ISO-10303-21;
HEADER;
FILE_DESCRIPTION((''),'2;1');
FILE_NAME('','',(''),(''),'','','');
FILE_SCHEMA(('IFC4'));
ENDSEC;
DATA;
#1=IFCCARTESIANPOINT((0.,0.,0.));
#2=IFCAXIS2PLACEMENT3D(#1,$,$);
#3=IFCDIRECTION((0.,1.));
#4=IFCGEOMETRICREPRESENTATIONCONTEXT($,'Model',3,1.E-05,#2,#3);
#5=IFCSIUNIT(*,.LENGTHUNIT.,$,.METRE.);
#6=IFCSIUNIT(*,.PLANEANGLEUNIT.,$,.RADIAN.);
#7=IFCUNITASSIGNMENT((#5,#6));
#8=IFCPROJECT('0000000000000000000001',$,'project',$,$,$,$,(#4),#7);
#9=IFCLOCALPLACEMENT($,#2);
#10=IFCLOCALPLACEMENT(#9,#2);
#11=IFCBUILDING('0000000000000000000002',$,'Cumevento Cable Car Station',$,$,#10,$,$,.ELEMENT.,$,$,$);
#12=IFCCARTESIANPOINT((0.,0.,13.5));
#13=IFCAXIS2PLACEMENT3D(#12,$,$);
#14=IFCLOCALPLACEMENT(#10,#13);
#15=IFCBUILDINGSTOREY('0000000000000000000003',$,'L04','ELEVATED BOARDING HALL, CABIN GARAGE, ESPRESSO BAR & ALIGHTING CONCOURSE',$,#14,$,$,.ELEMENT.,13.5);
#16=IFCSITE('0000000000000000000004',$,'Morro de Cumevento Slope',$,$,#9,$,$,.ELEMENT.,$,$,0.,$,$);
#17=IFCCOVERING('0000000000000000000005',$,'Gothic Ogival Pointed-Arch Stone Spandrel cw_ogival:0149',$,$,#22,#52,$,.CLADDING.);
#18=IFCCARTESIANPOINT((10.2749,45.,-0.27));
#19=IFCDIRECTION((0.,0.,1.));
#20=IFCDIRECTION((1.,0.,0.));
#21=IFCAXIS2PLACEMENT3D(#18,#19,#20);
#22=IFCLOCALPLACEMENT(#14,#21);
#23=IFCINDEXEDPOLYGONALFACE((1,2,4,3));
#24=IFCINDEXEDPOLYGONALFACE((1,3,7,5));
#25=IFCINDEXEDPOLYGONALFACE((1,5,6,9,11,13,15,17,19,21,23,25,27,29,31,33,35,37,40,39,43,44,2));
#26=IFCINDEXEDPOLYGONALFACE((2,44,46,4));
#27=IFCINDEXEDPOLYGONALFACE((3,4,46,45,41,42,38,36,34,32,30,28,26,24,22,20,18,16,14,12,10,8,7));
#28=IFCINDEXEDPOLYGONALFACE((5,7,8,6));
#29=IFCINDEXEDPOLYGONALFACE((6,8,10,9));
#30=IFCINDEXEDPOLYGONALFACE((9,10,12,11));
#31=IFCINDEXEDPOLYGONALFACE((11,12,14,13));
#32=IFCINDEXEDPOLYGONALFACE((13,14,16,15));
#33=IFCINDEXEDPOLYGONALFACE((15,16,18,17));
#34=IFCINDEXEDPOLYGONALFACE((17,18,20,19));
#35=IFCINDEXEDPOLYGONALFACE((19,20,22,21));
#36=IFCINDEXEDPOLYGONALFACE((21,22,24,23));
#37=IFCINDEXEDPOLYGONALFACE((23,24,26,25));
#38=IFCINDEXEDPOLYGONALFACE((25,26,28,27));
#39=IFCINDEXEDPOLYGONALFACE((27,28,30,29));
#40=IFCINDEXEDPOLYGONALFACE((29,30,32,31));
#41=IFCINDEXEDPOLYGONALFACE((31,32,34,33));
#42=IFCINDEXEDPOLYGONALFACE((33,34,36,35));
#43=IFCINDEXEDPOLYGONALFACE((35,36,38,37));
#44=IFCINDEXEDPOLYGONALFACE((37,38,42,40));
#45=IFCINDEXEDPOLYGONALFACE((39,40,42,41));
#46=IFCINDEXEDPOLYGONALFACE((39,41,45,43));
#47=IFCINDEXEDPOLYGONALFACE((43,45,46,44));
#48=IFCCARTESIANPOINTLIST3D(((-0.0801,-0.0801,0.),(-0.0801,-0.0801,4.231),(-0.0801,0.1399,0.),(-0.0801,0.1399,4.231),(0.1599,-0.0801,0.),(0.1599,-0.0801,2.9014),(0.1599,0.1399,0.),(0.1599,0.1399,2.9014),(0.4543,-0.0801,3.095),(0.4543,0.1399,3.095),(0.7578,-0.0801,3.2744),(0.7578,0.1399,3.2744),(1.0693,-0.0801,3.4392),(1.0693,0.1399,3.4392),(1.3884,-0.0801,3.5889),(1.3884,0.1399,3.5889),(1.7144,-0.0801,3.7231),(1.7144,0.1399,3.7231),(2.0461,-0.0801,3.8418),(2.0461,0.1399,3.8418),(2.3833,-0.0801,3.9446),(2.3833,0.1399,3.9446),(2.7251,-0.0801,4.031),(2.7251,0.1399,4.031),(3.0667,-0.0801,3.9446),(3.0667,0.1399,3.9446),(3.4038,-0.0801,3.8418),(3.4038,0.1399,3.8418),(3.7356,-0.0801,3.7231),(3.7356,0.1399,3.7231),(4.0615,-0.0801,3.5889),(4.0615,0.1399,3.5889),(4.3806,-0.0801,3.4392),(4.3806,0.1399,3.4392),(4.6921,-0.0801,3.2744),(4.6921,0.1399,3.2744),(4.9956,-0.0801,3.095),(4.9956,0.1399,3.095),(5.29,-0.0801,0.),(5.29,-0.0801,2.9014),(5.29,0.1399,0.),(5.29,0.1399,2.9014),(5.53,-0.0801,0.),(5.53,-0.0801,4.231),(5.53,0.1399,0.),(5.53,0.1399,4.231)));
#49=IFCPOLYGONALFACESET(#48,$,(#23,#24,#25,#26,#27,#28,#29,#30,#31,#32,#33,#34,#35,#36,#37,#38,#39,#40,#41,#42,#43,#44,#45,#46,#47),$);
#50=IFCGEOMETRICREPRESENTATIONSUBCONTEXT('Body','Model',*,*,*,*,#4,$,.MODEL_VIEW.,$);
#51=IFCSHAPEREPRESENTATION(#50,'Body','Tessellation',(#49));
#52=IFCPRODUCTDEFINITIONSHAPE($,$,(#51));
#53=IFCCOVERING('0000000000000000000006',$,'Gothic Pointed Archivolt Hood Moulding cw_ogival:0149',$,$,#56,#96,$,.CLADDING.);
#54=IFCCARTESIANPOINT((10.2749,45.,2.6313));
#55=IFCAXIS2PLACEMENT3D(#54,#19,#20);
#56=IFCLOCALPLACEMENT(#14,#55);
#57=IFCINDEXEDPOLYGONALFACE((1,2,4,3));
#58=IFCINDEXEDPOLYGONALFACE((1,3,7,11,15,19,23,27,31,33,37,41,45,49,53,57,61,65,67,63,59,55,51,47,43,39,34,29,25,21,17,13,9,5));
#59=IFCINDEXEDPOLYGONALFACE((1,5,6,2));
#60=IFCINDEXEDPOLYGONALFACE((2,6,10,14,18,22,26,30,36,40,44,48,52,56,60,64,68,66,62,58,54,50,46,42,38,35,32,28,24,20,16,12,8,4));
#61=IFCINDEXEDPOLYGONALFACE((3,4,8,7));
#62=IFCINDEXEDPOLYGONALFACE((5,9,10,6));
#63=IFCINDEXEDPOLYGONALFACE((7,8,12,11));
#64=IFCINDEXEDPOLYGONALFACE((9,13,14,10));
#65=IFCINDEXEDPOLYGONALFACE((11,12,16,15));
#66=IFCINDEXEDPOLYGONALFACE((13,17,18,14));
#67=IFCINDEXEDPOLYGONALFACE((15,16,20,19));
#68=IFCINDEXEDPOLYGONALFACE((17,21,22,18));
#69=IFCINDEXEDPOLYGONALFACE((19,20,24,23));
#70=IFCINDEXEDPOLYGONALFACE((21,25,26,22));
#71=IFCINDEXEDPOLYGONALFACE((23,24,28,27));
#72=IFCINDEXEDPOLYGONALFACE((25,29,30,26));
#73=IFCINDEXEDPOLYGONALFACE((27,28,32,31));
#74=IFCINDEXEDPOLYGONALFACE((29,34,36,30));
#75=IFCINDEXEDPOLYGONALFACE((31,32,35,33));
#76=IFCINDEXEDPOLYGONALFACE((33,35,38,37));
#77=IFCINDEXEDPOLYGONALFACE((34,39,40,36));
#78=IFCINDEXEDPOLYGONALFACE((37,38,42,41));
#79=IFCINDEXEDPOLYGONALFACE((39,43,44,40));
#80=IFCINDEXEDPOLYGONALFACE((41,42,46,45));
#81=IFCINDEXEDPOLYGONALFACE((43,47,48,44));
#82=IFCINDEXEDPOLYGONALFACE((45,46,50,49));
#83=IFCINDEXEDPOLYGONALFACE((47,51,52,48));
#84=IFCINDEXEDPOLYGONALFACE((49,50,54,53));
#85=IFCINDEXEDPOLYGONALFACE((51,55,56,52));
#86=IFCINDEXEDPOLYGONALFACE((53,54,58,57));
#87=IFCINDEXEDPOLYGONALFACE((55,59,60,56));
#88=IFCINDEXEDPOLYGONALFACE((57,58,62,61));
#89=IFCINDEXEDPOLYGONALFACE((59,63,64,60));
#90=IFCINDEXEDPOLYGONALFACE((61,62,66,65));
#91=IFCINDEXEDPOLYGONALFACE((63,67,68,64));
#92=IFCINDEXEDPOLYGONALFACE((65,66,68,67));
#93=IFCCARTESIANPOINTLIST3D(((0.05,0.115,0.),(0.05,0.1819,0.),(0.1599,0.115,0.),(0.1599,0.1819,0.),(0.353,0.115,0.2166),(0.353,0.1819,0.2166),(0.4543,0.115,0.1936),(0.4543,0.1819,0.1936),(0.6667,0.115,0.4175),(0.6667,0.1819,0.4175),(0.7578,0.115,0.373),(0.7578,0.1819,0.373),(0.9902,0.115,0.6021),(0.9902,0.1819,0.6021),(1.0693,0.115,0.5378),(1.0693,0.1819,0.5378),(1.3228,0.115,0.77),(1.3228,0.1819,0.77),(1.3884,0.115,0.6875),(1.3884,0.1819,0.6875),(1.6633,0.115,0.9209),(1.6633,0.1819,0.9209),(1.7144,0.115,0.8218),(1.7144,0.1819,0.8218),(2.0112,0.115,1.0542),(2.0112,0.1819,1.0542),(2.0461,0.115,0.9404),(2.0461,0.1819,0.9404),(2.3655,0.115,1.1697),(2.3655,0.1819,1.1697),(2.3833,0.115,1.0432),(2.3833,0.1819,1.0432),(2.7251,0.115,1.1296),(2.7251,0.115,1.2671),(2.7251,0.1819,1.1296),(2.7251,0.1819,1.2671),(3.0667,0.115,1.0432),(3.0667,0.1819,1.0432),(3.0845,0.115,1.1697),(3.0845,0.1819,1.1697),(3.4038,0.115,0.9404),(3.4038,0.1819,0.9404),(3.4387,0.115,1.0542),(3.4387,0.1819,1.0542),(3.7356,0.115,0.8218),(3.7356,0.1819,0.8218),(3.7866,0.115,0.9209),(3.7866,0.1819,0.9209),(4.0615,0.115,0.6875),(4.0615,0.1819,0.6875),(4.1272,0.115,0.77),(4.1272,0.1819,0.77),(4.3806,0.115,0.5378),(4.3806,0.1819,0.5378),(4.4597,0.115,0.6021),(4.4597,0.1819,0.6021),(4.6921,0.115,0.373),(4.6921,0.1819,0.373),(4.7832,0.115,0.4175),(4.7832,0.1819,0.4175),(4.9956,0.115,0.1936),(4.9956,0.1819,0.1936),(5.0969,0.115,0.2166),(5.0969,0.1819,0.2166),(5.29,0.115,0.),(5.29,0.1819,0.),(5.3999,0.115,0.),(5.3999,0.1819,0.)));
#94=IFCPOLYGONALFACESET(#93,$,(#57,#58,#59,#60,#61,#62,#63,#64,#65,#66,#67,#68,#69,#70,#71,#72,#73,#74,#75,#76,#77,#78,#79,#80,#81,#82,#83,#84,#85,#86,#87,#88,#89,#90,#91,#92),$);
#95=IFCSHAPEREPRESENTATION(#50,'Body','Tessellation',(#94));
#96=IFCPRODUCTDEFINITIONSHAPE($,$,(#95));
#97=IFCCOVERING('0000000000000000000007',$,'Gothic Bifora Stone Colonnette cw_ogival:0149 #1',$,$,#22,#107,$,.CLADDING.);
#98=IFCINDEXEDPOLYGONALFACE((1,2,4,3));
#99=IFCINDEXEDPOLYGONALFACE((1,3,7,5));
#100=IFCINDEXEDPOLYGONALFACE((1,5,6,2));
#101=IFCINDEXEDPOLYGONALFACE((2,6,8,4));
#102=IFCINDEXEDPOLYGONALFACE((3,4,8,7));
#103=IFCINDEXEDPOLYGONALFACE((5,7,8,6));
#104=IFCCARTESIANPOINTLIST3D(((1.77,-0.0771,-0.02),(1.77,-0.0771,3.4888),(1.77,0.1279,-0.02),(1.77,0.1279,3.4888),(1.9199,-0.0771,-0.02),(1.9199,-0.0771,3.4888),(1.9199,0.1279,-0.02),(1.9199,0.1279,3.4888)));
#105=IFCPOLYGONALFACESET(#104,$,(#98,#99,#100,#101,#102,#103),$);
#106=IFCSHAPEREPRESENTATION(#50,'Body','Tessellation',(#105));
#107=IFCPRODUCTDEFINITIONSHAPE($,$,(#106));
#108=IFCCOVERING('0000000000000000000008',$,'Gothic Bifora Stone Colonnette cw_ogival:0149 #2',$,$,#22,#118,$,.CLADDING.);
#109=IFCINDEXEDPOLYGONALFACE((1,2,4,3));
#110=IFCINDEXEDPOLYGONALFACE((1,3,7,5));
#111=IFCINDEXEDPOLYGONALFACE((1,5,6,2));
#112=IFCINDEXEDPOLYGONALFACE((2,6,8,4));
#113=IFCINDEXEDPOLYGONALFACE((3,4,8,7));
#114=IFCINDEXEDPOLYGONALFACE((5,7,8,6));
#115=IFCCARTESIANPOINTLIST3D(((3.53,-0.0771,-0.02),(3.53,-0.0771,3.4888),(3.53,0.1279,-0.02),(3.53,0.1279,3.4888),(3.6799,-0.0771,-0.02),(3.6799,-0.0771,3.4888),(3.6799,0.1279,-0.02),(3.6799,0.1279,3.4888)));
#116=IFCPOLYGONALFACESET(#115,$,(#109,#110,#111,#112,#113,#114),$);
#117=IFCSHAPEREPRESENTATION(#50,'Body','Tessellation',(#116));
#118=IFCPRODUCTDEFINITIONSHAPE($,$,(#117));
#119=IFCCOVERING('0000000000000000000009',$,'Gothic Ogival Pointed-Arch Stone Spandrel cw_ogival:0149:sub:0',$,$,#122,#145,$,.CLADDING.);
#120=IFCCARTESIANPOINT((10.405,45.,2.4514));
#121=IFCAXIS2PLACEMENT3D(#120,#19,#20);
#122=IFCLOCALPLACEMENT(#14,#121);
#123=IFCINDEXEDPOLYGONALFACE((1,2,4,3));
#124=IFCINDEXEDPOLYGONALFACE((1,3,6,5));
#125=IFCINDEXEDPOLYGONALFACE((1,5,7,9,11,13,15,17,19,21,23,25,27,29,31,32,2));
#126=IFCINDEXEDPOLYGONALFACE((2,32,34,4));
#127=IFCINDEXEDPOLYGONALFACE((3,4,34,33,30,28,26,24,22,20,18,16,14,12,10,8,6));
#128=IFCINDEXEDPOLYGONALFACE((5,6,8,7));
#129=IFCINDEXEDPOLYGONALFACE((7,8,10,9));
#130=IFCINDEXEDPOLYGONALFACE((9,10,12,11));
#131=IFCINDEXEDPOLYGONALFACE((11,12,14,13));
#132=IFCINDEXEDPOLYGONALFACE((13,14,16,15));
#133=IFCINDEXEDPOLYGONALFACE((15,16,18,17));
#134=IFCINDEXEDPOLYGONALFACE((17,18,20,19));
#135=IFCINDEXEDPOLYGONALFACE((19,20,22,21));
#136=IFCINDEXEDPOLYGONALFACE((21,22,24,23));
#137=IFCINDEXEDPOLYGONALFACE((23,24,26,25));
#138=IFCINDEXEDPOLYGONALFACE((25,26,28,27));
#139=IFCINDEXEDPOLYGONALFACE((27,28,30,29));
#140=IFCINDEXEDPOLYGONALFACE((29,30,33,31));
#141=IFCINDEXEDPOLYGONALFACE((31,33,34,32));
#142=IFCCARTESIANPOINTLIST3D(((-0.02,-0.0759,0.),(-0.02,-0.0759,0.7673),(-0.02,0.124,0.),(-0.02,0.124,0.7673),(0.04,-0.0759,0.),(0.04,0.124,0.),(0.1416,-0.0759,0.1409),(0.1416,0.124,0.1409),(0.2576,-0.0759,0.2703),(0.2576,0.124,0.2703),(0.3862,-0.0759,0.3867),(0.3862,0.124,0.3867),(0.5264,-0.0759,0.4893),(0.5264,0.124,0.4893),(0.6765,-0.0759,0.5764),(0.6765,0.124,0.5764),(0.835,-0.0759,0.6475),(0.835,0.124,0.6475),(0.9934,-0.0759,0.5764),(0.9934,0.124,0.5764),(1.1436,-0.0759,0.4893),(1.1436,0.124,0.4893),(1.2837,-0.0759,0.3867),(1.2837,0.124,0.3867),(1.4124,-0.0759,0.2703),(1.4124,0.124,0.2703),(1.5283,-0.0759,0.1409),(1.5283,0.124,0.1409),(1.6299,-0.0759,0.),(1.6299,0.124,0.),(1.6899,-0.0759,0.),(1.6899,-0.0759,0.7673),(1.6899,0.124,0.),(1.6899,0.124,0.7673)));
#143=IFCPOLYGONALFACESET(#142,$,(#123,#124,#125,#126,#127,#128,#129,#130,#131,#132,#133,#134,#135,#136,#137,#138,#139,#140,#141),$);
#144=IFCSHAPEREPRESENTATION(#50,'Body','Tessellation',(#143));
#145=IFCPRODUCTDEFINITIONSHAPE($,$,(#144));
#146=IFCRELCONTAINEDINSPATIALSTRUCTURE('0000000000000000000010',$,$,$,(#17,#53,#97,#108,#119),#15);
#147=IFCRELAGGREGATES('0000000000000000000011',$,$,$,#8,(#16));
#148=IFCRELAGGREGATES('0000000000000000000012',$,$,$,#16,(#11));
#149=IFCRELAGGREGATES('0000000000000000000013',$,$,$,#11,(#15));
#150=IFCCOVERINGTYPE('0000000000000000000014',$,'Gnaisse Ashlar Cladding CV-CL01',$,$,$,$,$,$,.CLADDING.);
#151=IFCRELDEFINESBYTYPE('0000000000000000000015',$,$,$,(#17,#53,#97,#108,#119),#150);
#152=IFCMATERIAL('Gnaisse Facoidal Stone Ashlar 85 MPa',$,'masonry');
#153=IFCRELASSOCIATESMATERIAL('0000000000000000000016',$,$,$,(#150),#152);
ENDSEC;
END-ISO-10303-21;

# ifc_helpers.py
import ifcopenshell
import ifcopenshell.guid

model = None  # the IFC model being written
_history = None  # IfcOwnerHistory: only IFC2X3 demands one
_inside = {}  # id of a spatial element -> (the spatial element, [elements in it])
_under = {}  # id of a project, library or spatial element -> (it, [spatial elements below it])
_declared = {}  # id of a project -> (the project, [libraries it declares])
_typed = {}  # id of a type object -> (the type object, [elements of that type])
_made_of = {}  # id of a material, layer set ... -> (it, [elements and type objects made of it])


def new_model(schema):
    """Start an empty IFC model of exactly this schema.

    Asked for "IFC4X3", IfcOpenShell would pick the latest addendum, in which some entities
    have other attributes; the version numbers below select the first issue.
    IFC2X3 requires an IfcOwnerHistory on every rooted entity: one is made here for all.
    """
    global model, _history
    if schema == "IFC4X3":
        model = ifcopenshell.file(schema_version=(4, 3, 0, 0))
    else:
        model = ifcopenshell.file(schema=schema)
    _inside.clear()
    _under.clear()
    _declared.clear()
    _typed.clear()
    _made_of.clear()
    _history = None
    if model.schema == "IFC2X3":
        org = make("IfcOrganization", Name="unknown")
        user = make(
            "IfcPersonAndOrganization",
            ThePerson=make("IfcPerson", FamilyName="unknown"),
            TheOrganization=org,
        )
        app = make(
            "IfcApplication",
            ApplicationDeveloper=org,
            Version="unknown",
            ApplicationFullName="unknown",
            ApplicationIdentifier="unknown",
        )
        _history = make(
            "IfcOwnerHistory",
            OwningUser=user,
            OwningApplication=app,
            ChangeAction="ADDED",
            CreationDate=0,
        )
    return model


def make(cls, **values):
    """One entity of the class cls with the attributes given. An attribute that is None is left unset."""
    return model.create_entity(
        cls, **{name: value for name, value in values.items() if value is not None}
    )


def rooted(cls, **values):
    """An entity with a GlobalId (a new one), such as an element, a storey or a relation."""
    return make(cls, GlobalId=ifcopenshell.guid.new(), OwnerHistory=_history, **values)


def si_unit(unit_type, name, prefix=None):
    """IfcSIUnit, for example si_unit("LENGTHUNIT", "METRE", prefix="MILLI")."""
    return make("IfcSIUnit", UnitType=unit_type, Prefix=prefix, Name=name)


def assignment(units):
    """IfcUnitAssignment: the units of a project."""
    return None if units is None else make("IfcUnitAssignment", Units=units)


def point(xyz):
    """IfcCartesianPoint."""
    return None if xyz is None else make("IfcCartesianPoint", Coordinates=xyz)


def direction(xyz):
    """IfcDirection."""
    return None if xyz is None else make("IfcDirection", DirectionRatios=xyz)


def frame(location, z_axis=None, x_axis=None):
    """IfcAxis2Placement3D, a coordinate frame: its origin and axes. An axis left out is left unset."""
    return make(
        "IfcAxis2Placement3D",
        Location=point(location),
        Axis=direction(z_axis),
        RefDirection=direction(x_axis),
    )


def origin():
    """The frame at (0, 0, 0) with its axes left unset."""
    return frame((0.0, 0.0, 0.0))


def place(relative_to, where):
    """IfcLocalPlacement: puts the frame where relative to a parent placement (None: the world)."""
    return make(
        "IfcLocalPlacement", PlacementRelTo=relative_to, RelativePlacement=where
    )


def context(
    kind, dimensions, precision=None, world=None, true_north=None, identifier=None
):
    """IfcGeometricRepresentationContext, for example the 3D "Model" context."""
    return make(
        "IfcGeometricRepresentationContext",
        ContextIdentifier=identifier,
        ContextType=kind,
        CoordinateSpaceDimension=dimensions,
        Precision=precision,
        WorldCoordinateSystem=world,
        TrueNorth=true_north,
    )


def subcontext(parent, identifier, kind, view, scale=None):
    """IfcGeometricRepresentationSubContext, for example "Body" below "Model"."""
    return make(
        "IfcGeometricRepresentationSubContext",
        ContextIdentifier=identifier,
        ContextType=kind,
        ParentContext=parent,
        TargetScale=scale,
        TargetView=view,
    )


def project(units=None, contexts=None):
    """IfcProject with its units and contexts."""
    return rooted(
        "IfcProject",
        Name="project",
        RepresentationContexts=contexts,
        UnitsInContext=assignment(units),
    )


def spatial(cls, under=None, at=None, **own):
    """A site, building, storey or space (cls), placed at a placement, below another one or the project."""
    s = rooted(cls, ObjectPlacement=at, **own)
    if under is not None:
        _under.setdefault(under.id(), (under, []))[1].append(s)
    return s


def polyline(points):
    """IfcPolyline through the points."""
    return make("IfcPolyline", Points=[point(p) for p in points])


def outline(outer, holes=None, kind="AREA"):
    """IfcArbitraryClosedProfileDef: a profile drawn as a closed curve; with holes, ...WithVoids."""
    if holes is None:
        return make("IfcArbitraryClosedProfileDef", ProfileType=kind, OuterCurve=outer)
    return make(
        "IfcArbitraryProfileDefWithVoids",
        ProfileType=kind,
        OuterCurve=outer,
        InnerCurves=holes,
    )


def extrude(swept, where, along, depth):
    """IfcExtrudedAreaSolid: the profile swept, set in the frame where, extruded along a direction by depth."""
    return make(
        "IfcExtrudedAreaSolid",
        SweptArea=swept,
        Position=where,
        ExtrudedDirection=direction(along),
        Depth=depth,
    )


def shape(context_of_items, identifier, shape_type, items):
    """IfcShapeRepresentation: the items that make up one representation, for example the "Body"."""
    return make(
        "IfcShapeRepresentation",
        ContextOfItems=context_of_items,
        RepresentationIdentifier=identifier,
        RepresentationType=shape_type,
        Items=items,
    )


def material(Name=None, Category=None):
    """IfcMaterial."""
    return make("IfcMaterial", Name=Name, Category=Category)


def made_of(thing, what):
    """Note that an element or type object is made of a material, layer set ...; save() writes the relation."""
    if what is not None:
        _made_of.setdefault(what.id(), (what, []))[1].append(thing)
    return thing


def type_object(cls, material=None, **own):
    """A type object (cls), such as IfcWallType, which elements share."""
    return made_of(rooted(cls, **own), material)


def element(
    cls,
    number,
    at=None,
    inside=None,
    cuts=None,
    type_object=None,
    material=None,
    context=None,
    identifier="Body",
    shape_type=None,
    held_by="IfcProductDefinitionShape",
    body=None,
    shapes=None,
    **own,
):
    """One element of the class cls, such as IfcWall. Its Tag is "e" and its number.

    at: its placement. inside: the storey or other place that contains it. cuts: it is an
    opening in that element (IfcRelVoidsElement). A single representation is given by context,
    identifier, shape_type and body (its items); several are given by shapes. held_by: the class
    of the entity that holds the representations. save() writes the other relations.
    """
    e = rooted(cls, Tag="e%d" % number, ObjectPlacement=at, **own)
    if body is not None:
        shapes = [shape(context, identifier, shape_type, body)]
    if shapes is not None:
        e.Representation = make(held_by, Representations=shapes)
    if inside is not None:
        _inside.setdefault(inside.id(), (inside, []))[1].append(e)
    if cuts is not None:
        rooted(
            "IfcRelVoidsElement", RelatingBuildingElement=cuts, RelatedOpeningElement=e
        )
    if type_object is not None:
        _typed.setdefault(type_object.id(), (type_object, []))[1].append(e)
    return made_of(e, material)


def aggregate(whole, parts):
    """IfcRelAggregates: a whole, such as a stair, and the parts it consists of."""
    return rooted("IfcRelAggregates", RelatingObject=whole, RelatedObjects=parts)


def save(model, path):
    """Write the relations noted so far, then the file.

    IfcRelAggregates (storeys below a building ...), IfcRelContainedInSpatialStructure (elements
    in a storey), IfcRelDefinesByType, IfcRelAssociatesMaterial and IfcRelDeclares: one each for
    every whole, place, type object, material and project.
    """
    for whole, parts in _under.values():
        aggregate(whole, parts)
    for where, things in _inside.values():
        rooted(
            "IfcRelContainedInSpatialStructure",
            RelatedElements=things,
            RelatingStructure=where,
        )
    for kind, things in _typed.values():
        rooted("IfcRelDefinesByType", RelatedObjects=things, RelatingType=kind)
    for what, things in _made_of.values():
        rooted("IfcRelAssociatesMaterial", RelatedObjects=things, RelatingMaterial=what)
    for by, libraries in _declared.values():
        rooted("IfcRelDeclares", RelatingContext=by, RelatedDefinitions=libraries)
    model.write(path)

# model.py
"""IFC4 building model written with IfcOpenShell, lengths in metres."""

from ifc_helpers import new_model, si_unit, direction, frame, origin, place, context, subcontext, project, spatial, polyline, outline, extrude, material, type_object, element, save


model = new_model("IFC4")

# Units and contexts
model_context = context("Model", 3, precision=1e-05, world=origin(), true_north=direction((0.0, 1.0)))
body_context = subcontext(model_context, "Body", "Model", "MODEL_VIEW")
ifc_project = project(units=[si_unit("LENGTHUNIT", "METRE"), si_unit("PLANEANGLEUNIT", "RADIAN")], contexts=[model_context])

# Site, building, storey
site_placement = place(None, origin())
site = spatial("IfcSite", under=ifc_project, at=site_placement, Name="Morro de Cumevento Slope", CompositionType="ELEMENT", RefElevation=0.0)
building_placement = place(site_placement, origin())
building = spatial("IfcBuilding", under=site, at=building_placement, Name="Cumevento Cable Car Station", CompositionType="ELEMENT")
storey_placement = place(building_placement, frame((0.0, 0.0, 13.5)))
storey = spatial("IfcBuildingStorey", under=building, at=storey_placement, Name="L04", Description="ELEVATED BOARDING HALL, CABIN GARAGE, ESPRESSO BAR & ALIGHTING CONCOURSE", CompositionType="ELEMENT", Elevation=13.5)

# Coverings
ifc_material_1 = material(Name="Gnaisse Facoidal Stone Ashlar 85 MPa", Category="masonry")
covering_type = type_object("IfcCoveringType", Name="Gnaisse Ashlar Cladding CV-CL01", PredefinedType="CLADDING", material=ifc_material_1)
placement = place(storey_placement, frame((10.2749, 45.0, -0.27), z_axis=(0.0, 0.0, 1.0), x_axis=(1.0, 0.0, 0.0)))
element("IfcCovering", 1, at=placement, inside=storey, type_object=covering_type, Name="Gothic Ogival Pointed-Arch Stone Spandrel cw_ogival:0149", PredefinedType="CLADDING", context=body_context, shape_type="SweptSolid", body=[
    extrude(outline(polyline([(-0.0801, 0.0), (-0.0801, 4.231), (5.53, 4.231), (5.53, 0.0), (5.29, 0.0), (5.29, 2.9014), (4.9956, 3.095), (4.6921, 3.2744), (4.3806, 3.4392), (4.0615, 3.5889), (3.7356, 3.7231), (3.4038, 3.8418), (3.0667, 3.9446), (2.7251, 4.031), (2.3833, 3.9446), (2.0461, 3.8418), (1.7144, 3.7231), (1.3884, 3.5889), (1.0693, 3.4392), (0.7578, 3.2744), (0.4543, 3.095), (0.1599, 2.9014), (0.1599, 0.0), (-0.0801, 0.0)])), frame((0.0, 0.1399, 0.0), z_axis=(0.0, -1.0, 0.0), x_axis=(1.0, 0.0, 0.0)), (0.0, 0.0, 1.0), 0.22),
])
covering_1_placement = place(storey_placement, frame((10.2749, 45.0, 2.6313), z_axis=(0.0, 0.0, 1.0), x_axis=(1.0, 0.0, 0.0)))
element("IfcCovering", 2, at=covering_1_placement, inside=storey, type_object=covering_type, Name="Gothic Pointed Archivolt Hood Moulding cw_ogival:0149", PredefinedType="CLADDING", context=body_context, shape_type="SweptSolid", body=[
    extrude(outline(polyline([(0.1599, 0.0), (0.4543, 0.1936), (0.7578, 0.373), (1.0693, 0.5378), (1.3884, 0.6875), (1.7144, 0.8218), (2.0461, 0.9404), (2.3833, 1.0432), (2.7251, 1.1296), (3.0667, 1.0432), (3.4038, 0.9404), (3.7356, 0.8218), (4.0615, 0.6875), (4.3806, 0.5378), (4.6921, 0.373), (4.9956, 0.1936), (5.29, 0.0), (5.3999, 0.0), (5.0969, 0.2166), (4.7832, 0.4175), (4.4597, 0.6021), (4.1272, 0.77), (3.7866, 0.9209), (3.4387, 1.0542), (3.0845, 1.1697), (2.7251, 1.2671), (2.3655, 1.1697), (2.0112, 1.0542), (1.6633, 0.9209), (1.3228, 0.77), (0.9902, 0.6021), (0.6667, 0.4175), (0.353, 0.2166), (0.05, 0.0), (0.1599, 0.0)])), frame((0.0, 0.1819, 0.0), z_axis=(0.0, -1.0, 0.0), x_axis=(1.0, 0.0, 0.0)), (0.0, 0.0, 1.0), 0.0669),
])
element("IfcCovering", 3, at=placement, inside=storey, type_object=covering_type, Name="Gothic Bifora Stone Colonnette cw_ogival:0149 #1", PredefinedType="CLADDING", context=body_context, shape_type="SweptSolid", body=[
    extrude(outline(polyline([(1.77, -0.02), (1.9199, -0.02), (1.9199, 3.4888), (1.77, 3.4888), (1.77, -0.02)])), frame((0.0, 0.1279, 0.0), z_axis=(0.0, -1.0, 0.0), x_axis=(1.0, 0.0, 0.0)), (0.0, 0.0, 1.0), 0.2051),
])
element("IfcCovering", 4, at=placement, inside=storey, type_object=covering_type, Name="Gothic Bifora Stone Colonnette cw_ogival:0149 #2", PredefinedType="CLADDING", context=body_context, shape_type="SweptSolid", body=[
    extrude(outline(polyline([(3.53, -0.02), (3.6799, -0.02), (3.6799, 3.4888), (3.53, 3.4888), (3.53, -0.02)])), frame((0.0, 0.1279, 0.0), z_axis=(0.0, -1.0, 0.0), x_axis=(1.0, 0.0, 0.0)), (0.0, 0.0, 1.0), 0.2051),
])
covering_2_placement = place(storey_placement, frame((10.405, 45.0, 2.4514), z_axis=(0.0, 0.0, 1.0), x_axis=(1.0, 0.0, 0.0)))
element("IfcCovering", 5, at=covering_2_placement, inside=storey, type_object=covering_type, Name="Gothic Ogival Pointed-Arch Stone Spandrel cw_ogival:0149:sub:0", PredefinedType="CLADDING", context=body_context, shape_type="SweptSolid", body=[
    extrude(outline(polyline([(-0.02, 0.0), (-0.02, 0.7673), (1.6899, 0.7673), (1.6899, 0.0), (1.6299, 0.0), (1.5283, 0.1409), (1.4124, 0.2703), (1.2837, 0.3867), (1.1436, 0.4893), (0.9934, 0.5764), (0.835, 0.6475), (0.6765, 0.5764), (0.5264, 0.4893), (0.3862, 0.3867), (0.2576, 0.2703), (0.1416, 0.1409), (0.04, 0.0), (-0.02, 0.0)])), frame((0.0, 0.124, 0.0), z_axis=(0.0, -1.0, 0.0), x_axis=(1.0, 0.0, 0.0)), (0.0, 0.0, 1.0), 0.2),
])

save(model, "model.ifc")
